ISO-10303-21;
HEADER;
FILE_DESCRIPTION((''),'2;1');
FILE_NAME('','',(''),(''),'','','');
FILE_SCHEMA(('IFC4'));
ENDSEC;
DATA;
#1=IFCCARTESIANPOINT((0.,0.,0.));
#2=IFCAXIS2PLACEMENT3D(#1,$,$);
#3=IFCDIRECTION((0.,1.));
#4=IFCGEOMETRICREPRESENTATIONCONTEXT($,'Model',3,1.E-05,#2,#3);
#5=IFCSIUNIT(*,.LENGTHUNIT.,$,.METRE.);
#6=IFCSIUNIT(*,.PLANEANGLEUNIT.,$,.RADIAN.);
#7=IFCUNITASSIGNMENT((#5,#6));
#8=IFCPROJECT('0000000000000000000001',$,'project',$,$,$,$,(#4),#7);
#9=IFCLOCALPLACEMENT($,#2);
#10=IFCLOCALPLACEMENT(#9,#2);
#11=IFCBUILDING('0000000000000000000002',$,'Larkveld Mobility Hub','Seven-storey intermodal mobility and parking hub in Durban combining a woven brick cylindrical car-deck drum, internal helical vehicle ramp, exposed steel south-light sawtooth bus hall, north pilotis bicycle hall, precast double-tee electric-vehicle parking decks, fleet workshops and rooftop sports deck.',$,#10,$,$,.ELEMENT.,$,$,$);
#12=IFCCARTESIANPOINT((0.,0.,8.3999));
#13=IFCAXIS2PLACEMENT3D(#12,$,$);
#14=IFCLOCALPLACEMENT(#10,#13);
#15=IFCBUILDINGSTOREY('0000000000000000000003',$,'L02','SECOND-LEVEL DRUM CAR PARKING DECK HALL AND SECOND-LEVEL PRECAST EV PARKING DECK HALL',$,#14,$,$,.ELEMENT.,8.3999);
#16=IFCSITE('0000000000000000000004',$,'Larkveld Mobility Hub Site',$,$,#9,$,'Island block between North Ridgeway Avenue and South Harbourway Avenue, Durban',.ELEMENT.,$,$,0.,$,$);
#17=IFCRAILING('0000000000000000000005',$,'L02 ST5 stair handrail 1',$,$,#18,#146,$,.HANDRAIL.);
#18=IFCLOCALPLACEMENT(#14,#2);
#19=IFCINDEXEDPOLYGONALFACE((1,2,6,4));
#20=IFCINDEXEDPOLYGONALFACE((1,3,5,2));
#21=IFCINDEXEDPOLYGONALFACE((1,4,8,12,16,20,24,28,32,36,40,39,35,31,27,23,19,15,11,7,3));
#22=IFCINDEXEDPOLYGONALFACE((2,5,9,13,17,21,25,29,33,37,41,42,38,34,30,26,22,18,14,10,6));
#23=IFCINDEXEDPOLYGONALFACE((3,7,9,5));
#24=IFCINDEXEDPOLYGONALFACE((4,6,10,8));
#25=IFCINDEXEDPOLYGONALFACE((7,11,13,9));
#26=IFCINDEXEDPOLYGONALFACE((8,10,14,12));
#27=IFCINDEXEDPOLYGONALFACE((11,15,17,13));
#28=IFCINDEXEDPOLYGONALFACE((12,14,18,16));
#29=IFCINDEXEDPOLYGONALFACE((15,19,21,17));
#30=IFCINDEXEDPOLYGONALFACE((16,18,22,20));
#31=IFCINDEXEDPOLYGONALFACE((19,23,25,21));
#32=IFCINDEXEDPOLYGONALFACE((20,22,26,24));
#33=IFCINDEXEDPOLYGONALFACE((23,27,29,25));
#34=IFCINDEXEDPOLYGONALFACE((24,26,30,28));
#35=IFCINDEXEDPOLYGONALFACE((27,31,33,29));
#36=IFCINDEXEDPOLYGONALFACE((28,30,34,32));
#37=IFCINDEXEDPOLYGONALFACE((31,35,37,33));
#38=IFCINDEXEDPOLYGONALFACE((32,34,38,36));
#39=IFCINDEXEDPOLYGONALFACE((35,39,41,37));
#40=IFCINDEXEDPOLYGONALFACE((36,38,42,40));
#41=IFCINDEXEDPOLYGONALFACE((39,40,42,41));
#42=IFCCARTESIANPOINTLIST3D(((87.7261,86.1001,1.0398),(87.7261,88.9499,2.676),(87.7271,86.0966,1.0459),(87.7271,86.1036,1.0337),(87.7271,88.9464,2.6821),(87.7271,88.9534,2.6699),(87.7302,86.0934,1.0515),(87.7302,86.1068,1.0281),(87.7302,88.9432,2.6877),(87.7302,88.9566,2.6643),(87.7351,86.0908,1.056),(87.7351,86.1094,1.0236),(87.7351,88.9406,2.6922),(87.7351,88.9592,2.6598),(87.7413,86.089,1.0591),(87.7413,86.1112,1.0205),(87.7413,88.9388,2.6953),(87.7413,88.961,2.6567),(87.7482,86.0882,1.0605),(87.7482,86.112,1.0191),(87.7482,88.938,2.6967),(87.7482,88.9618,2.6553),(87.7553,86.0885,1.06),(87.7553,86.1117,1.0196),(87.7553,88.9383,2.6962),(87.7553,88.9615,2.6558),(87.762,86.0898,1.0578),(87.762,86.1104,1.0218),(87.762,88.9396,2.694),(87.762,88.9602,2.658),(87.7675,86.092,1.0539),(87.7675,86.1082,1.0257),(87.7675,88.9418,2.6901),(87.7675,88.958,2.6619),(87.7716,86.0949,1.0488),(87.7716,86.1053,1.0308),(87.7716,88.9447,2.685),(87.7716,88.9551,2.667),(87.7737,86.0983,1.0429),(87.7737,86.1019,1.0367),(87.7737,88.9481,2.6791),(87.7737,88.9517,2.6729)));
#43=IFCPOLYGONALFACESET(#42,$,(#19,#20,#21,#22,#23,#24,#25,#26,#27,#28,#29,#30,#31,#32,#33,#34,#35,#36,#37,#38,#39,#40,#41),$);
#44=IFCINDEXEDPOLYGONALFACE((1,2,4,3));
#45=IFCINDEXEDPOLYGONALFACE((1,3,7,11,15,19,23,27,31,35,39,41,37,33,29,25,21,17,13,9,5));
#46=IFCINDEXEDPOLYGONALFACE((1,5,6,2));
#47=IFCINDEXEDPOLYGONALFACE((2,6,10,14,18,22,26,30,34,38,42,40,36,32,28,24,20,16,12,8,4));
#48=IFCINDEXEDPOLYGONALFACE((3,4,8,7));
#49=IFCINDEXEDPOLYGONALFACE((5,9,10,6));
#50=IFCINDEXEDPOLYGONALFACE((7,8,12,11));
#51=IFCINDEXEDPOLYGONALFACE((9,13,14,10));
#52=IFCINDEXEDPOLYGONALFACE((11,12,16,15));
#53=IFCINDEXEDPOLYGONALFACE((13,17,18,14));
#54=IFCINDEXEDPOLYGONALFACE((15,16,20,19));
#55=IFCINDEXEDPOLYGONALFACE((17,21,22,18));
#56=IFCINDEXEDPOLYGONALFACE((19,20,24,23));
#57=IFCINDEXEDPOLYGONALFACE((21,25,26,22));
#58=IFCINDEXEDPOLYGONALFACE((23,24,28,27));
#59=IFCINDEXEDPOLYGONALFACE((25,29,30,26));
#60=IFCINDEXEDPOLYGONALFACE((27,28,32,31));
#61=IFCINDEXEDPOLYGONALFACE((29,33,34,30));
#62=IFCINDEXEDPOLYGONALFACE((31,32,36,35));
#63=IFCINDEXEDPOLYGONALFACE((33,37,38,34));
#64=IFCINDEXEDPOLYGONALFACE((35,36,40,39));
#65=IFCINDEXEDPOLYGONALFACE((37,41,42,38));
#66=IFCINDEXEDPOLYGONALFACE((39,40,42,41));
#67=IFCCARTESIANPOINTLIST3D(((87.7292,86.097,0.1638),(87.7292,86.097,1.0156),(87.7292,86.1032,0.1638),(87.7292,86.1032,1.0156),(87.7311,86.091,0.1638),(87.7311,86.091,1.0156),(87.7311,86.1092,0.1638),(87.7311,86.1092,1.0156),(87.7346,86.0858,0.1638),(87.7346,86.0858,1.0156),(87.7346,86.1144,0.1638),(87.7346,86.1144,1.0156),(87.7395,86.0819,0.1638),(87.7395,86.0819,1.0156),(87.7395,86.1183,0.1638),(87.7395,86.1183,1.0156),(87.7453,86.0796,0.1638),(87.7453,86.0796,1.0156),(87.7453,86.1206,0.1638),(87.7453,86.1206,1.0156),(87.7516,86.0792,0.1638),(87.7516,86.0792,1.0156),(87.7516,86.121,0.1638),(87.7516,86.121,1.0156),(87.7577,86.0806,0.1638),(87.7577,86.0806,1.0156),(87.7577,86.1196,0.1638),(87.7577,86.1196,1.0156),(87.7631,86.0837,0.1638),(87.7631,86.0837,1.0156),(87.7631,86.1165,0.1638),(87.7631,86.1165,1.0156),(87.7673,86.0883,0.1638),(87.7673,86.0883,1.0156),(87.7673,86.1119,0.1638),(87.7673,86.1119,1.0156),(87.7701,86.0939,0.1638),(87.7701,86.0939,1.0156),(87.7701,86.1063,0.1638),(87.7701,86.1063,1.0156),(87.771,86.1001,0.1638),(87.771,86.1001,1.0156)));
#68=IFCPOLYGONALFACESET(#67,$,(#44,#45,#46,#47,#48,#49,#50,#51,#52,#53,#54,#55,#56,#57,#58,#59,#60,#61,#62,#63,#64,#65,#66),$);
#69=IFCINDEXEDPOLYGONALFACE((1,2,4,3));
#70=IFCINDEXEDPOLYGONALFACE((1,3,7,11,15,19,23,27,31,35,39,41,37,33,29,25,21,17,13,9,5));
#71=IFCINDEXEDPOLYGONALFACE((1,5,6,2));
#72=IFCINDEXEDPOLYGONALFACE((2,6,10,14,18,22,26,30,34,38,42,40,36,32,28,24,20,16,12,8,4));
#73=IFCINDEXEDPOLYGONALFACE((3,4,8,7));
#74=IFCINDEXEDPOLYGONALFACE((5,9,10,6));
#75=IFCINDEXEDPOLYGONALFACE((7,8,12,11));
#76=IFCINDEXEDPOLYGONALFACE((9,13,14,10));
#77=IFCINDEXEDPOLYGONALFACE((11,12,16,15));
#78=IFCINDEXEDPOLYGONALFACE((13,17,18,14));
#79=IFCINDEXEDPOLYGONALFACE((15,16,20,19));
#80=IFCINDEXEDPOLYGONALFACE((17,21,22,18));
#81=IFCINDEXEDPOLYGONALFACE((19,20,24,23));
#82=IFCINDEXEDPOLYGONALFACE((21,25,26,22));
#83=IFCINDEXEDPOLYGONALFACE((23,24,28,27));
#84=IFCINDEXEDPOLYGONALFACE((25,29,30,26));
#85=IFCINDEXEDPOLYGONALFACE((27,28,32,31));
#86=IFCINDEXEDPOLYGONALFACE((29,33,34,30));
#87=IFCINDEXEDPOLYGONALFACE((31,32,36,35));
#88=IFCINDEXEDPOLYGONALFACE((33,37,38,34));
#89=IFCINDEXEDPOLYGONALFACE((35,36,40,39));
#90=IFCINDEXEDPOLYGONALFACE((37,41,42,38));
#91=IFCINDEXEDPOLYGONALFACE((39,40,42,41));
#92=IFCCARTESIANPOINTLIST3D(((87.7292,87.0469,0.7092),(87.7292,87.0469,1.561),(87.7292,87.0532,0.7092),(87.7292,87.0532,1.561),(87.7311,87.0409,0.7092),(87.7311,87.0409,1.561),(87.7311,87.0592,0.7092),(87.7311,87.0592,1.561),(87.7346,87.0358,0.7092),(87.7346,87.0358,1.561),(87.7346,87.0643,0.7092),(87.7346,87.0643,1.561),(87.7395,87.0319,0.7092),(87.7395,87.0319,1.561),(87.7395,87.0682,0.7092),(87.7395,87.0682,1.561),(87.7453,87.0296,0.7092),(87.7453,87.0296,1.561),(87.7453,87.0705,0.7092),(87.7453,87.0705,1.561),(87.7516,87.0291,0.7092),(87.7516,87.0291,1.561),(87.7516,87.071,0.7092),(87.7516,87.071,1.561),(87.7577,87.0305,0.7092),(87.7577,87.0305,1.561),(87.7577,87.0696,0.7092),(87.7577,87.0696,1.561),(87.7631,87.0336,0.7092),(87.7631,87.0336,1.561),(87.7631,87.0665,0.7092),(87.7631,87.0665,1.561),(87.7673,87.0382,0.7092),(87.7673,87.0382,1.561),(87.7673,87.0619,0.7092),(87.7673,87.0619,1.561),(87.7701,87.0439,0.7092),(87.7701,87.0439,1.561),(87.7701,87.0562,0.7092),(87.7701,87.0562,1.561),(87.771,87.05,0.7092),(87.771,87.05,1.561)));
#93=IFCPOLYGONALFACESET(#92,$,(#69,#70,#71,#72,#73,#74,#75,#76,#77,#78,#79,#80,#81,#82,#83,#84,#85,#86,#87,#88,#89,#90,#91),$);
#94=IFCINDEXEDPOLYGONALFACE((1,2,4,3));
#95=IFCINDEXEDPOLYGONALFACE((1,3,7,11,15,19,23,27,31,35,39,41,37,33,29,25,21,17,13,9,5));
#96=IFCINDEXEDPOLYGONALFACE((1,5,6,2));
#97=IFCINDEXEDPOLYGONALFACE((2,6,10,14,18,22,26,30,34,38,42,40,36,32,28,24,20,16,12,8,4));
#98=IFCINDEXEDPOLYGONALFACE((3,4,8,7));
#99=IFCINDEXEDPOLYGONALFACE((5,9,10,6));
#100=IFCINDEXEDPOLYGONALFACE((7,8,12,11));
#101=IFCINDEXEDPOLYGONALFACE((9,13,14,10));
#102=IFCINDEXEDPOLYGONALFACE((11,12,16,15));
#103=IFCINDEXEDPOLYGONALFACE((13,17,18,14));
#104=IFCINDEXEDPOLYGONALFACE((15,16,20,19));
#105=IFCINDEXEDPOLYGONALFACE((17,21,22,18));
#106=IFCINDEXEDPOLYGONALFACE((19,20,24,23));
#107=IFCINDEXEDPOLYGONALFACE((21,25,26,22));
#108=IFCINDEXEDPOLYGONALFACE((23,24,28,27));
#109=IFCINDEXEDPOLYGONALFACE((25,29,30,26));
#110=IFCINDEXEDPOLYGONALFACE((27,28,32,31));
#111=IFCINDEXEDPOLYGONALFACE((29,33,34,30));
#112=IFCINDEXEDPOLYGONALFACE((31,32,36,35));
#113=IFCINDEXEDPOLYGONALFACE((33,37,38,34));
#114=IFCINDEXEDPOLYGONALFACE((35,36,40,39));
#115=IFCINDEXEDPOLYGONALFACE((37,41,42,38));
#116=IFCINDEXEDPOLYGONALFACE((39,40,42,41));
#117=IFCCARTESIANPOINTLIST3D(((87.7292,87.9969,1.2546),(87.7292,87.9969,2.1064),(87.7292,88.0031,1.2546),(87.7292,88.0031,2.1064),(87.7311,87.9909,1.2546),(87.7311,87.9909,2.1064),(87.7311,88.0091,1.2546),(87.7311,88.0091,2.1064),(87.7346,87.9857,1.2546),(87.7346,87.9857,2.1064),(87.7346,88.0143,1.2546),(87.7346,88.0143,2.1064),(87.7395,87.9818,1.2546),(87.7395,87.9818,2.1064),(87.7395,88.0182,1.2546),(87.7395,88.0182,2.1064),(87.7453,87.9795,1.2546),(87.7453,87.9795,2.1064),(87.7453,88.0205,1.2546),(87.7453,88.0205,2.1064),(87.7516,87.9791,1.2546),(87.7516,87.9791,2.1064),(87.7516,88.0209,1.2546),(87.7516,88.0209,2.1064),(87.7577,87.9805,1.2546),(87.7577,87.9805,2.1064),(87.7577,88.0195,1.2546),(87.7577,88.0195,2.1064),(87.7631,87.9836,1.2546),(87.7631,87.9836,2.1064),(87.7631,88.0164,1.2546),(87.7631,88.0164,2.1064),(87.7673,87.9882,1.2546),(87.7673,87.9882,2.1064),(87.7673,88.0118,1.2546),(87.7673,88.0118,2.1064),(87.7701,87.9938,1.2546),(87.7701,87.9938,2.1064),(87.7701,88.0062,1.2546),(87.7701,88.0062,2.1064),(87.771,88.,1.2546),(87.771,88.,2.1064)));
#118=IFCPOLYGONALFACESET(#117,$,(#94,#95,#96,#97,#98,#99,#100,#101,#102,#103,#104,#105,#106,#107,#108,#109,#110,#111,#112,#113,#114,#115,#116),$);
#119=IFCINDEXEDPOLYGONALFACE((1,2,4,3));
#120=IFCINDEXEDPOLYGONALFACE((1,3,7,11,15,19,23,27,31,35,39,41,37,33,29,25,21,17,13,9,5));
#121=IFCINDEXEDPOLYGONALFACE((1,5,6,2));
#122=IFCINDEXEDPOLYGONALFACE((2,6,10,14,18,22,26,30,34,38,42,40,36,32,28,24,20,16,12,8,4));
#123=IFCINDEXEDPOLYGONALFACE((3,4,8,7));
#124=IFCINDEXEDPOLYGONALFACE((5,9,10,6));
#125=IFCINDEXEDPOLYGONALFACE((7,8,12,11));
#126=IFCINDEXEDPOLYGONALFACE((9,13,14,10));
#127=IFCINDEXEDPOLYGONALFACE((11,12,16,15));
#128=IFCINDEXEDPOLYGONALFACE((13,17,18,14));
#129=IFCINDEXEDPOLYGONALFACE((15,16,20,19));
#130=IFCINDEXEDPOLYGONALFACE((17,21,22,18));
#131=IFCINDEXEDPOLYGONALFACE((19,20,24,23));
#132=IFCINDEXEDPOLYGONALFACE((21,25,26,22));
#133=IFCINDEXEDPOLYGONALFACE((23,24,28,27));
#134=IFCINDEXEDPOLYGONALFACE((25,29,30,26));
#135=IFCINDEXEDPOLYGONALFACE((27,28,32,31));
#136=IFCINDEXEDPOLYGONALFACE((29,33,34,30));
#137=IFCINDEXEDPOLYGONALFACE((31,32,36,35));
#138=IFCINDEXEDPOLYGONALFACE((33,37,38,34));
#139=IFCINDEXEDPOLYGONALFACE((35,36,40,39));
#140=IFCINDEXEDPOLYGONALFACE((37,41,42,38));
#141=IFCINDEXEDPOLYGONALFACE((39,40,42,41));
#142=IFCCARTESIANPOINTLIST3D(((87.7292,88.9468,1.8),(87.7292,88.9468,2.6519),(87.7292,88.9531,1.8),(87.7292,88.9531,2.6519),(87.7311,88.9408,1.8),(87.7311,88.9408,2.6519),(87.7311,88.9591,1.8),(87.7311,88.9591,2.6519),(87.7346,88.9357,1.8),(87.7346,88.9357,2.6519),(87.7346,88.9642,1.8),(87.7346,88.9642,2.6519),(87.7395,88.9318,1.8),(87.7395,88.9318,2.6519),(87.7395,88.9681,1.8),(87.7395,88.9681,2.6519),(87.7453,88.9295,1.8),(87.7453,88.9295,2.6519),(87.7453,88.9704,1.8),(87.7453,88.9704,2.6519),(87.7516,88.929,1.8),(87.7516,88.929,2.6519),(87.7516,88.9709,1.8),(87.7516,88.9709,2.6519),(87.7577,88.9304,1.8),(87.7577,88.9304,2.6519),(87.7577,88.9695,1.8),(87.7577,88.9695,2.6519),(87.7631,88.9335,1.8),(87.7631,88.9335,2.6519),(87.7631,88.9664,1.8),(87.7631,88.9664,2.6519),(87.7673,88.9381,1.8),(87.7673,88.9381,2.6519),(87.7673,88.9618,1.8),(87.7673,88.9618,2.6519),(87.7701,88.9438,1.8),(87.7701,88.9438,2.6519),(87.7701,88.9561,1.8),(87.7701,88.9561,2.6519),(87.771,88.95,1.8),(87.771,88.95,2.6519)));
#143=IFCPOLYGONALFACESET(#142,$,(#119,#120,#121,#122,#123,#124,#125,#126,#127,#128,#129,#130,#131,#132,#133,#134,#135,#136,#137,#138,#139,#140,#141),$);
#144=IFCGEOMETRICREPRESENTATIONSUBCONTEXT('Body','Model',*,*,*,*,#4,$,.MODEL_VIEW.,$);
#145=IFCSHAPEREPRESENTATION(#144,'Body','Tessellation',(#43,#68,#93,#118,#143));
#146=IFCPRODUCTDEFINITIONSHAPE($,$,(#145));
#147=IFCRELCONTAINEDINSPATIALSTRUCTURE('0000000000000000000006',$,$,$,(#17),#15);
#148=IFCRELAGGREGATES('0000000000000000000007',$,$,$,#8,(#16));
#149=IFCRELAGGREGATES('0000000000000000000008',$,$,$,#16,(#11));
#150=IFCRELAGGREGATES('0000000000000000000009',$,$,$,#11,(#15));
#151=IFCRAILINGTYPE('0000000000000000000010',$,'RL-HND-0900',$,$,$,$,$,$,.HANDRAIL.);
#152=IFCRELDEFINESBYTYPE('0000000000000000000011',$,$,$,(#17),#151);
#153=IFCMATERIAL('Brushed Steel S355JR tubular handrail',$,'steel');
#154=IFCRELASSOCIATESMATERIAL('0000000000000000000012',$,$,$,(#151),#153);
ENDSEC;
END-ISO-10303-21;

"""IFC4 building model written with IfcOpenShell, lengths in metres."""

from ifc_helpers import new_model, si_unit, direction, frame, origin, origin_2d, place, context, subcontext, project, spatial, circle, extrude, material, type_object, element, save


model = new_model("IFC4")

# Units and contexts
model_context = context("Model", 3, precision=1e-05, world=origin(), true_north=direction((0.0, 1.0)))
body_context = subcontext(model_context, "Body", "Model", "MODEL_VIEW")
ifc_project = project(units=[si_unit("LENGTHUNIT", "METRE"), si_unit("PLANEANGLEUNIT", "RADIAN")], contexts=[model_context])

# Site, building, storey
site_placement = place(None, origin())
site = spatial("IfcSite", under=ifc_project, at=site_placement, Name="Larkveld Mobility Hub Site", LongName="Island block between North Ridgeway Avenue and South Harbourway Avenue, Durban", CompositionType="ELEMENT", RefElevation=0.0)
building_placement = place(site_placement, origin())
building = spatial("IfcBuilding", under=site, at=building_placement, Name="Larkveld Mobility Hub", Description="Seven-storey intermodal mobility and parking hub in Durban combining a woven brick cylindrical car-deck drum, internal helical vehicle ramp, exposed steel south-light sawtooth bus hall, north pilotis bicycle hall, precast double-tee electric-vehicle parking decks, fleet workshops and rooftop sports deck.", CompositionType="ELEMENT")
storey_placement = place(building_placement, frame((0.0, 0.0, 8.3999)))
storey = spatial("IfcBuildingStorey", under=building, at=storey_placement, Name="L02", Description="SECOND-LEVEL DRUM CAR PARKING DECK HALL AND SECOND-LEVEL PRECAST EV PARKING DECK HALL", CompositionType="ELEMENT", Elevation=8.3999)

# Railing
ifc_material_1 = material(Name="Brushed Steel S355JR tubular handrail", Category="steel")
railing_type_1 = type_object("IfcRailingType", Name="RL-HND-0900", PredefinedType="HANDRAIL", material=ifc_material_1)
railing_1_placement = place(storey_placement, frame((87.75, 86.1001, 0.1638)))
element("IfcRailing", 1, at=railing_1_placement, inside=storey, type_object=railing_type_1, Name="L02 ST5 stair handrail 1", PredefinedType="HANDRAIL", context=body_context, shape_type="SweptSolid", body=[
    extrude(circle(Radius=0.0239, at=origin_2d()), frame((0.0, 0.0, 0.876), z_axis=(0.0, 0.867226, 0.497914), x_axis=(-1.0, 0.0, 0.0)), (0.0, 0.0, 1.0), 3.2861),
    extrude(circle(Radius=0.021, at=origin_2d()), origin(), (0.0, 0.0, 1.0), 0.8518),
    extrude(circle(Radius=0.021, at=origin_2d()), frame((0.0, 0.95, 0.5454)), (0.0, 0.0, 1.0), 0.8518),
    extrude(circle(Radius=0.021, at=origin_2d()), frame((0.0, 1.8999, 1.0908)), (0.0, 0.0, 1.0), 0.8518),
    extrude(circle(Radius=0.021, at=origin_2d()), frame((0.0, 2.8499, 1.6362)), (0.0, 0.0, 1.0), 0.8518),
])

save(model, "model.ifc")
